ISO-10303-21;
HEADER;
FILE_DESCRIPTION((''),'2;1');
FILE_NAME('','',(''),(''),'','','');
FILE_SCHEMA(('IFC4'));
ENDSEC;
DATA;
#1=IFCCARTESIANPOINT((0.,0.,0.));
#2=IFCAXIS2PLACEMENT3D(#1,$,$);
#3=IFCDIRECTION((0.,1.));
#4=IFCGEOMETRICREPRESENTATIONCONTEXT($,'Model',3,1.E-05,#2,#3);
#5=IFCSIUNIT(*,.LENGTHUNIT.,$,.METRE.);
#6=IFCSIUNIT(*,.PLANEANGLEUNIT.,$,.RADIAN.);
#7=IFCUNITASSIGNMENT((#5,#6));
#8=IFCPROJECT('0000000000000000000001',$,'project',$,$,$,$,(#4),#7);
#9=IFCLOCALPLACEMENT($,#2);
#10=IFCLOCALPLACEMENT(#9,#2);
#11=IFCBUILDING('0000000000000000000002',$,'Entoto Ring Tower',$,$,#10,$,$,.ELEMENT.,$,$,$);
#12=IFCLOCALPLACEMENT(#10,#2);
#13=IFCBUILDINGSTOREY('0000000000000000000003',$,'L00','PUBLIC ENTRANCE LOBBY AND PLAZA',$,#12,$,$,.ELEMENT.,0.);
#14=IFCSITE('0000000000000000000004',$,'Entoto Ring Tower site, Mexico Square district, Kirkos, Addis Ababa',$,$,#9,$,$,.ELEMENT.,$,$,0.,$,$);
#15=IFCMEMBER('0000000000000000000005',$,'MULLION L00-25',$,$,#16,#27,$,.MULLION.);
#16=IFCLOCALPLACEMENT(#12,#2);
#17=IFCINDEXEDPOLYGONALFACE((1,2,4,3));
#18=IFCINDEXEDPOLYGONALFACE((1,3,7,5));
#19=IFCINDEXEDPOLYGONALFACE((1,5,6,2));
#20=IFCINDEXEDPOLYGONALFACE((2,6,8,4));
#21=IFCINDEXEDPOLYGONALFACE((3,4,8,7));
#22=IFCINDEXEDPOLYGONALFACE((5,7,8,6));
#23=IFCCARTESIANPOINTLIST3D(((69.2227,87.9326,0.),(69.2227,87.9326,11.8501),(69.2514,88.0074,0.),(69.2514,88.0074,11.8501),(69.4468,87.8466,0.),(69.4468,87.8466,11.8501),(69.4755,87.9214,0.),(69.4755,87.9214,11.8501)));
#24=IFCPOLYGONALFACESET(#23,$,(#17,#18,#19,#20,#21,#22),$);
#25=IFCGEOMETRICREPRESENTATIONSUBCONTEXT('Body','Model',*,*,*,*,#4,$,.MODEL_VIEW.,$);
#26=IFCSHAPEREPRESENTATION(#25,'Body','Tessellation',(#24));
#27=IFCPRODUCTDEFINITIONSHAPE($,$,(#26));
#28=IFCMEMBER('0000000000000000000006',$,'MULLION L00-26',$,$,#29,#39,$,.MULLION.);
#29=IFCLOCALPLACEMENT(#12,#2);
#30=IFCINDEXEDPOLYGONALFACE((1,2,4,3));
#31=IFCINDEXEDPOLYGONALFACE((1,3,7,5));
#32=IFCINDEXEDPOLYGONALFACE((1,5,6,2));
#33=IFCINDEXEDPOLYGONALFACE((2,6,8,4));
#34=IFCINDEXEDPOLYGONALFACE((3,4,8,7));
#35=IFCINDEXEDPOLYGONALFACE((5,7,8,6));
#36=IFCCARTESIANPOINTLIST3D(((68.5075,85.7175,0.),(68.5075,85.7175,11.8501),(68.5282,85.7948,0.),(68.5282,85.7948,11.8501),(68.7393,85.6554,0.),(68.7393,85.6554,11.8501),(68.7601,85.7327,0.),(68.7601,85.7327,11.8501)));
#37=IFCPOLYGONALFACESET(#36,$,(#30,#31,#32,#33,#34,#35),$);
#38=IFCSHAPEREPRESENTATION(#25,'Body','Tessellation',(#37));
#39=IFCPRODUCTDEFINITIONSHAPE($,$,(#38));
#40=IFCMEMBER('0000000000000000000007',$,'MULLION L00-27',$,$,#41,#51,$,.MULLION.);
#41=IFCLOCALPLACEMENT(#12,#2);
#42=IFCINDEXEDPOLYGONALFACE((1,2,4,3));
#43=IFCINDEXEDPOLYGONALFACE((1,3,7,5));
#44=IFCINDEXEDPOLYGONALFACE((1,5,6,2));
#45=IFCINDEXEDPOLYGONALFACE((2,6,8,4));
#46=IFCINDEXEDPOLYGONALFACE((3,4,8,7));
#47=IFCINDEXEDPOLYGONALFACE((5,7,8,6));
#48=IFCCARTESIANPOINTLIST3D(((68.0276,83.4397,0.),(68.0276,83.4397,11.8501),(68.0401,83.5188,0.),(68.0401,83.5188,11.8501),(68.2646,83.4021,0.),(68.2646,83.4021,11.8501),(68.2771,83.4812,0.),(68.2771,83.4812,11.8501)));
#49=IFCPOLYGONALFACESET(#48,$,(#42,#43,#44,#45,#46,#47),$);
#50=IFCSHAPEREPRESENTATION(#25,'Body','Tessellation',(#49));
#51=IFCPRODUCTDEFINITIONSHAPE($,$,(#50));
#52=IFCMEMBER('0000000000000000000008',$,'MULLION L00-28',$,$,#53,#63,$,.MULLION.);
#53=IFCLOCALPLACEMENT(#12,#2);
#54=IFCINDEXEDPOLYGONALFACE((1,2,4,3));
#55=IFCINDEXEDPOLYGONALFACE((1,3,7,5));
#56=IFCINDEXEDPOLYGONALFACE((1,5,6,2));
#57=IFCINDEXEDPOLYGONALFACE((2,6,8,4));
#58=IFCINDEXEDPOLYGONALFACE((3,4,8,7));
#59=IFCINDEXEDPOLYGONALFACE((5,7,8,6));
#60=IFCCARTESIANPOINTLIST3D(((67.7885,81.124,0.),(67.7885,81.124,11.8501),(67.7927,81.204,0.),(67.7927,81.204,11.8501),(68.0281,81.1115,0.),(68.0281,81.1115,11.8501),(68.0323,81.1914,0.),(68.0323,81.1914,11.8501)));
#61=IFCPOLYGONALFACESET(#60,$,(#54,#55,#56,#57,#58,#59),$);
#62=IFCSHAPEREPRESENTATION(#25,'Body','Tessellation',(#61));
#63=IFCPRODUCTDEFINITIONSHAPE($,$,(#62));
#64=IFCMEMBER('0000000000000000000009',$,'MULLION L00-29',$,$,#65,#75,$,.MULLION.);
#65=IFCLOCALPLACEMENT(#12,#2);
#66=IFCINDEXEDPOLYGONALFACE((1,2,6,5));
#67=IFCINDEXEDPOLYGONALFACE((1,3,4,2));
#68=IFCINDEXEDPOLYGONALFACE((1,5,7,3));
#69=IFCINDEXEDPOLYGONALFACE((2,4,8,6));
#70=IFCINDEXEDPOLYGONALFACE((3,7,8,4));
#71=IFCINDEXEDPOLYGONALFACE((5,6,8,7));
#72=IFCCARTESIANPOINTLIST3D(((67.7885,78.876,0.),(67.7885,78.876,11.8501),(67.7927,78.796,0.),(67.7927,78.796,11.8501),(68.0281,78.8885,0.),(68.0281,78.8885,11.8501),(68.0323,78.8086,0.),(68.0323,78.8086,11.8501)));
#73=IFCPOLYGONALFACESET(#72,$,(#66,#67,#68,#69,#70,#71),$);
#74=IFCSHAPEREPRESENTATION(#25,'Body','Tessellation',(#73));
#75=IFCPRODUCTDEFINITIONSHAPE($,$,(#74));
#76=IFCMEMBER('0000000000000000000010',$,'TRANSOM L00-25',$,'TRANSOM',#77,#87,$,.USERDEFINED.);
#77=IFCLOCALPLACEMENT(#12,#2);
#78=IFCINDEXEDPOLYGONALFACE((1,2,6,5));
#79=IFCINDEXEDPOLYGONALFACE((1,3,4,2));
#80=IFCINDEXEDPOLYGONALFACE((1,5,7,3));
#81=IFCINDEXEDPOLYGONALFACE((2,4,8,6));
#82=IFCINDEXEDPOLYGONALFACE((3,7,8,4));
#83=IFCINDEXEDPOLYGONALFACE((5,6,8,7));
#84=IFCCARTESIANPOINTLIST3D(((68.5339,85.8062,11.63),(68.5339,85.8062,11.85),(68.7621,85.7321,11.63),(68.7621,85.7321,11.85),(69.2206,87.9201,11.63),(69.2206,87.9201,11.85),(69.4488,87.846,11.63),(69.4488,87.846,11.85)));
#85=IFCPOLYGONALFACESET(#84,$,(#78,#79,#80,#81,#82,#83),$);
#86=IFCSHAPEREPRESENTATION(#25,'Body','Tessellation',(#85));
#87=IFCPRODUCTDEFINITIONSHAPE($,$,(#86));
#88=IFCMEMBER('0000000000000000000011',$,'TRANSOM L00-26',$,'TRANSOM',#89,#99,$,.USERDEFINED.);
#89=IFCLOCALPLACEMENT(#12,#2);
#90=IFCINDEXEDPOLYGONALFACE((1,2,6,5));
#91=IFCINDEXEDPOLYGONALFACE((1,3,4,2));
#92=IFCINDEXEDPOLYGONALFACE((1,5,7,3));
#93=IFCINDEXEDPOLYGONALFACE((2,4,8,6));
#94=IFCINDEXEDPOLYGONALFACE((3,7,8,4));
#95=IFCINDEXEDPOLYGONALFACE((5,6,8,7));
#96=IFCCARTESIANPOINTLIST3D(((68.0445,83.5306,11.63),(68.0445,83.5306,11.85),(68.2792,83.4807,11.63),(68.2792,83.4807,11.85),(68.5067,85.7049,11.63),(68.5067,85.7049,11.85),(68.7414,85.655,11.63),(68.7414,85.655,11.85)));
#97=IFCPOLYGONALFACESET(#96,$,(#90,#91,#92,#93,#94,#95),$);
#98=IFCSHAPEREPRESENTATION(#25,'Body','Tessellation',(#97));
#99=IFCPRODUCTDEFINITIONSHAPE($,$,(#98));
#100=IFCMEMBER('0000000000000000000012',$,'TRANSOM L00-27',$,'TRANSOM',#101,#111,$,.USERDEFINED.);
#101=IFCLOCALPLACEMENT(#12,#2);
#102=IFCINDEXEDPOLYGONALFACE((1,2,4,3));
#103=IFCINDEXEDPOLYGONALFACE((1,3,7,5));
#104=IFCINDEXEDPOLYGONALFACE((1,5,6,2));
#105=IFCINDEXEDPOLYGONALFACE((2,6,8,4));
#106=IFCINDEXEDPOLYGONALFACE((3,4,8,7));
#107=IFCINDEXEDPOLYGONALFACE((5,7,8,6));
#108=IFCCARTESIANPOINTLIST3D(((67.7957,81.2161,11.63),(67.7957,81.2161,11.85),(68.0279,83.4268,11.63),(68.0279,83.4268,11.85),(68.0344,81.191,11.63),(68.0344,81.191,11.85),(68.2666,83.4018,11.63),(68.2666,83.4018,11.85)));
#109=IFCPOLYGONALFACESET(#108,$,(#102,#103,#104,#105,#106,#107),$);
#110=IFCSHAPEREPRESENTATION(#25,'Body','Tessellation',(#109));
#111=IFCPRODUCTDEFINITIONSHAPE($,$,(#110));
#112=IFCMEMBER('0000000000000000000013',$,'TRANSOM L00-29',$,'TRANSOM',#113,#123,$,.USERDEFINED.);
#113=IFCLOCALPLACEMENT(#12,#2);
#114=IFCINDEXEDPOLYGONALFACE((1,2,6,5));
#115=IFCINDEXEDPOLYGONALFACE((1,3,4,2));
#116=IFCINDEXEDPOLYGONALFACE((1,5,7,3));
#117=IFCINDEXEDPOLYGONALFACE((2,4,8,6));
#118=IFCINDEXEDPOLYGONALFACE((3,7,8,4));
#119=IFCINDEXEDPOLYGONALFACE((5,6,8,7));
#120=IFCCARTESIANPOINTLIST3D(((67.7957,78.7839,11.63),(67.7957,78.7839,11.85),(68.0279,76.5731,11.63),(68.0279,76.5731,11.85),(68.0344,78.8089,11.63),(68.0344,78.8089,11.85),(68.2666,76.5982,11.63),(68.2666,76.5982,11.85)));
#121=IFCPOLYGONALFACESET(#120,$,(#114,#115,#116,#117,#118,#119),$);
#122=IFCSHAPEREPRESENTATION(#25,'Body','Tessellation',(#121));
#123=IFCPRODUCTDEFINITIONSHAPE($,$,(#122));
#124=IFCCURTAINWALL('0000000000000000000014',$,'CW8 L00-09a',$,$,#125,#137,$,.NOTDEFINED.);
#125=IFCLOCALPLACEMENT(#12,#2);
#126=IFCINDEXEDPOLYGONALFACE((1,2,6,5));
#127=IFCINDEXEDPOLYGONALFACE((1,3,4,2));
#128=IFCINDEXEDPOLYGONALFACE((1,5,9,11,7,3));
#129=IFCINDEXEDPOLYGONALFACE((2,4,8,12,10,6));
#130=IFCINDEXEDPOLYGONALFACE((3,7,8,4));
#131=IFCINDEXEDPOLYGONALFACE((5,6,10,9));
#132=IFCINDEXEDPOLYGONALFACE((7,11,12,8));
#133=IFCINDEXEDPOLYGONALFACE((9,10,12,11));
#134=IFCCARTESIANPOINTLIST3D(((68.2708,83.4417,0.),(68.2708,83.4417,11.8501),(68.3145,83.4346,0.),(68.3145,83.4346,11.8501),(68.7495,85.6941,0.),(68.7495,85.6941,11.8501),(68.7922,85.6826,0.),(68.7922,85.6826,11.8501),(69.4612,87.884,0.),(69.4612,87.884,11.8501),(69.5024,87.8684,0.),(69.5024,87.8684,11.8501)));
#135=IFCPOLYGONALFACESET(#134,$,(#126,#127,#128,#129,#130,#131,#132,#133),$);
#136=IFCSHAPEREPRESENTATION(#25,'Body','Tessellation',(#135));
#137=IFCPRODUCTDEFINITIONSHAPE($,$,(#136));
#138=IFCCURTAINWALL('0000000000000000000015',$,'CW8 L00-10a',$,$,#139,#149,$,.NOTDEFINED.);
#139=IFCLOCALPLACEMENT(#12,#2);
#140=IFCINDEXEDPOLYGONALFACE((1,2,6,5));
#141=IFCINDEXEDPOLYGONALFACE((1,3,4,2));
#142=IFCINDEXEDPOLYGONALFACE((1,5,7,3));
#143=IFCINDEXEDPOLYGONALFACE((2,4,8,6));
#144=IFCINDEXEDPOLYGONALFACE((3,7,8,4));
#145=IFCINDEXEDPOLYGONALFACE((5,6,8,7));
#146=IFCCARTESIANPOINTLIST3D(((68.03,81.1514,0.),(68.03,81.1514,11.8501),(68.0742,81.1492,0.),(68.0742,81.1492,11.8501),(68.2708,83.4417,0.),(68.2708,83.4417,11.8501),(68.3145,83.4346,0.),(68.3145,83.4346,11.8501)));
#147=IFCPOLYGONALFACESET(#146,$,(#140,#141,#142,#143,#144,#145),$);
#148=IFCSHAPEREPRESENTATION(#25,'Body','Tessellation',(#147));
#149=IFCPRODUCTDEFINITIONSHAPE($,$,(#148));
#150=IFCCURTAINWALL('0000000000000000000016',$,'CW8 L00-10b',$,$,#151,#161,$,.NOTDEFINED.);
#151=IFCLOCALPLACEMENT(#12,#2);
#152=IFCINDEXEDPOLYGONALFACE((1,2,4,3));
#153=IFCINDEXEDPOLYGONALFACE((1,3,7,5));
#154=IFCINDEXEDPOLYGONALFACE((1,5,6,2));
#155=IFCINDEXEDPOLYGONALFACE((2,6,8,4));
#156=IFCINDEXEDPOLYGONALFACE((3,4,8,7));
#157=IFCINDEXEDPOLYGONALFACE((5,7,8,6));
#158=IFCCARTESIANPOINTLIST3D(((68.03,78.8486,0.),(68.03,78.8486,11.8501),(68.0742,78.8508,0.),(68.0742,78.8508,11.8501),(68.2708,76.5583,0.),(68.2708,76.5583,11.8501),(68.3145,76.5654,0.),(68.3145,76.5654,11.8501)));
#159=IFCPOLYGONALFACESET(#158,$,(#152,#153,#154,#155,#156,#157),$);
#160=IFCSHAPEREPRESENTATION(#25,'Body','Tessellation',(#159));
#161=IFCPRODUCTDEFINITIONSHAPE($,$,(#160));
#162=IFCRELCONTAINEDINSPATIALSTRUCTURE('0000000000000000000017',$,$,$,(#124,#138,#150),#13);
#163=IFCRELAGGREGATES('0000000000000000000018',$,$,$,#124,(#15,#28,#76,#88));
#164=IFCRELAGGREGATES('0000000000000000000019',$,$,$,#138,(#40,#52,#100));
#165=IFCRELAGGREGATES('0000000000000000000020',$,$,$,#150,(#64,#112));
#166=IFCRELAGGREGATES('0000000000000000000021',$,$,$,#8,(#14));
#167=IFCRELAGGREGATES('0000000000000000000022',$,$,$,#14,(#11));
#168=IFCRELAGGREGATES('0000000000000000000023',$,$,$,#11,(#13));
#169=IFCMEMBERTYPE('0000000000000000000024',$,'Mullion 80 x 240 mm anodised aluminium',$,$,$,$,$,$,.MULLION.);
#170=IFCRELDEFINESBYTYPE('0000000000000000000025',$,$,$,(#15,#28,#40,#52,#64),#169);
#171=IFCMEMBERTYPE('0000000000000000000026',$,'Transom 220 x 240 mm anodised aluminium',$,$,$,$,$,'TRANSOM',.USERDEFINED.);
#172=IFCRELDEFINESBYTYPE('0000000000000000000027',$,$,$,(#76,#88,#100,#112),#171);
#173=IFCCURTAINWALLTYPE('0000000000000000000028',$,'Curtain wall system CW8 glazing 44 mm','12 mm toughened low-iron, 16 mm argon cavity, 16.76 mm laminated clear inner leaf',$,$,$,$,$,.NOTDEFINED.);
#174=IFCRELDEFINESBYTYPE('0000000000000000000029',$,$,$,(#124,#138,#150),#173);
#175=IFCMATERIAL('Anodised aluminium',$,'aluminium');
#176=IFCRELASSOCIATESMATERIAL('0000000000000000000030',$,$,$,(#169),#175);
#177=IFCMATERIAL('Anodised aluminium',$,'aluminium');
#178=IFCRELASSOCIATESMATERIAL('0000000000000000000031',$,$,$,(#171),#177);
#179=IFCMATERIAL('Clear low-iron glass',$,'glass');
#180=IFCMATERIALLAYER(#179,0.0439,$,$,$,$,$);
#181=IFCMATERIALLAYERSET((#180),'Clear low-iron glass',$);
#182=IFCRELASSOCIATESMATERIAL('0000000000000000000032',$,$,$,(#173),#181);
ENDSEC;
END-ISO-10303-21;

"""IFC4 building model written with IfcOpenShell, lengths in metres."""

from ifc_helpers import new_model, si_unit, direction, frame, origin, origin_2d, place, context, subcontext, project, spatial, polyline, rectangle, outline, extrude, material, layer, layer_set, material_profile, profile_set, type_object, element, aggregate, save


model = new_model("IFC4")

# Units and contexts
model_context = context("Model", 3, precision=1e-05, world=origin(), true_north=direction((0.0, 1.0)))
body_context = subcontext(model_context, "Body", "Model", "MODEL_VIEW")
ifc_project = project(units=[si_unit("LENGTHUNIT", "METRE"), si_unit("PLANEANGLEUNIT", "RADIAN")], contexts=[model_context])

# Members
ifc_material_1 = material(Name="Anodised aluminium", Category="aluminium")
ifc_material_profile_1 = material_profile(ifc_material_1, rectangle(XDim=0.0801, YDim=0.24, at=origin_2d()), Name="Mullion 80 x 240 mm anodised aluminium")
ifc_profile_set_1 = profile_set([ifc_material_profile_1], Name="Anodised aluminium")
member_type_1 = type_object("IfcMemberType", Name="Mullion 80 x 240 mm anodised aluminium", PredefinedType="MULLION", material=ifc_profile_set_1)
site_placement = place(None, origin())
building_placement = place(site_placement, origin())
storey_placement = place(building_placement, origin())
member_1_placement = place(storey_placement, frame((69.3491, 87.927, 0.0), z_axis=(0.0, 0.0, 1.0), x_axis=(-0.358368, -0.93358, 0.0)))
member_1 = element("IfcMember", 1, at=member_1_placement, type_object=member_type_1, Name="MULLION L00-25", PredefinedType="MULLION", context=body_context, shape_type="SweptSolid", body=[
    extrude(rectangle(XDim=0.0801, YDim=0.24, at=origin_2d()), origin(), (0.0, 0.0, 1.0), 11.8501),
])
member_2_placement = place(storey_placement, frame((68.6338, 85.7251, 0.0), z_axis=(0.0, 0.0, 1.0), x_axis=(-0.258819, -0.965926, 0.0)))
member_2 = element("IfcMember", 2, at=member_2_placement, type_object=member_type_1, Name="MULLION L00-26", PredefinedType="MULLION", context=body_context, shape_type="SweptSolid", body=[
    extrude(rectangle(XDim=0.0801, YDim=0.24, at=origin_2d()), origin(), (0.0, 0.0, 1.0), 11.8501),
])
member_3_placement = place(storey_placement, frame((68.1523, 83.4604, 0.0), z_axis=(0.0, 0.0, 1.0), x_axis=(-0.156434, -0.987688, 0.0)))
member_3 = element("IfcMember", 3, at=member_3_placement, type_object=member_type_1, Name="MULLION L00-27", PredefinedType="MULLION", context=body_context, shape_type="SweptSolid", body=[
    extrude(rectangle(XDim=0.0801, YDim=0.24, at=origin_2d()), origin(), (0.0, 0.0, 1.0), 11.8501),
])
member_4_placement = place(storey_placement, frame((67.9104, 81.1577, 0.0), z_axis=(0.0, 0.0, 1.0), x_axis=(-0.052336, -0.99863, 0.0)))
member_4 = element("IfcMember", 4, at=member_4_placement, type_object=member_type_1, Name="MULLION L00-28", PredefinedType="MULLION", context=body_context, shape_type="SweptSolid", body=[
    extrude(rectangle(XDim=0.0801, YDim=0.24, at=origin_2d()), origin(), (0.0, 0.0, 1.0), 11.8501),
])
member_5_placement = place(storey_placement, frame((67.9104, 78.8423, 0.0), z_axis=(0.0, 0.0, 1.0), x_axis=(0.052336, -0.99863, 0.0)))
member_5 = element("IfcMember", 5, at=member_5_placement, type_object=member_type_1, Name="MULLION L00-29", PredefinedType="MULLION", context=body_context, shape_type="SweptSolid", body=[
    extrude(rectangle(XDim=0.0801, YDim=0.24, at=origin_2d()), origin(), (0.0, 0.0, 1.0), 11.8501),
])
ifc_material_2 = material(Name="Anodised aluminium", Category="aluminium")
ifc_material_profile_2 = material_profile(ifc_material_2, rectangle(XDim=0.24, YDim=0.22, at=origin_2d()), Name="Transom 220 x 240 mm anodised aluminium")
ifc_profile_set_2 = profile_set([ifc_material_profile_2], Name="Anodised aluminium")
member_type_2 = type_object("IfcMemberType", Name="Transom 220 x 240 mm anodised aluminium", ElementType="TRANSOM", PredefinedType="USERDEFINED", material=ifc_profile_set_2)
member_6_placement = place(storey_placement, frame((69.3347, 87.8831, 11.74), z_axis=(-0.308969, -0.951072, 0.0), x_axis=(0.951072, -0.308969, 0.0)))
member_6 = element("IfcMember", 6, at=member_6_placement, type_object=member_type_2, Name="TRANSOM L00-25", ObjectType="TRANSOM", PredefinedType="USERDEFINED", context=body_context, shape_type="SweptSolid", body=[
    extrude(rectangle(XDim=0.24, YDim=0.22, at=origin_2d()), origin(), (0.0, 0.0, 1.0), 2.2227),
])
member_7_placement = place(storey_placement, frame((68.624, 85.6799, 11.74), z_axis=(-0.207909, -0.978148, 0.0), x_axis=(0.978148, -0.207909, 0.0)))
member_7 = element("IfcMember", 7, at=member_7_placement, type_object=member_type_2, Name="TRANSOM L00-26", ObjectType="TRANSOM", PredefinedType="USERDEFINED", context=body_context, shape_type="SweptSolid", body=[
    extrude(rectangle(XDim=0.24, YDim=0.22, at=origin_2d()), origin(), (0.0, 0.0, 1.0), 2.2229),
])
member_8_placement = place(storey_placement, frame((68.1472, 83.4143, 11.74), z_axis=(-0.10445, -0.99453, 0.0), x_axis=(0.99453, -0.10445, 0.0)))
member_8 = element("IfcMember", 8, at=member_8_placement, type_object=member_type_2, Name="TRANSOM L00-27", ObjectType="TRANSOM", PredefinedType="USERDEFINED", context=body_context, shape_type="SweptSolid", body=[
    extrude(rectangle(XDim=0.24, YDim=0.22, at=origin_2d()), origin(), (0.0, 0.0, 1.0), 2.2229),
])
member_9_placement = place(storey_placement, frame((67.915, 78.7964, 11.74), z_axis=(0.10445, -0.99453, 0.0), x_axis=(0.99453, 0.10445, 0.0)))
member_9 = element("IfcMember", 9, at=member_9_placement, type_object=member_type_2, Name="TRANSOM L00-29", ObjectType="TRANSOM", PredefinedType="USERDEFINED", context=body_context, shape_type="SweptSolid", body=[
    extrude(rectangle(XDim=0.24, YDim=0.22, at=origin_2d()), origin(), (0.0, 0.0, 1.0), 2.2229),
])

# Site, building, storey
site = spatial("IfcSite", under=ifc_project, at=site_placement, Name="Entoto Ring Tower site, Mexico Square district, Kirkos, Addis Ababa", CompositionType="ELEMENT", RefElevation=0.0)
building = spatial("IfcBuilding", under=site, at=building_placement, Name="Entoto Ring Tower", CompositionType="ELEMENT")
storey = spatial("IfcBuildingStorey", under=building, at=storey_placement, Name="L00", Description="PUBLIC ENTRANCE LOBBY AND PLAZA", CompositionType="ELEMENT", Elevation=0.0)

# Curtain walls
ifc_material_3 = material(Name="Clear low-iron glass", Category="glass")
ifc_layer = layer(ifc_material_3, 0.0439)
ifc_layer_set = layer_set([ifc_layer], Name="Clear low-iron glass")
curtain_wall_type = type_object("IfcCurtainWallType", Name="Curtain wall system CW8 glazing 44 mm", Description="12 mm toughened low-iron, 16 mm argon cavity, 16.76 mm laminated clear inner leaf", PredefinedType="NOTDEFINED", material=ifc_layer_set)
curtain_wall_1_placement = place(storey_placement, origin())
curtain_wall_1 = element("IfcCurtainWall", 10, at=curtain_wall_1_placement, inside=storey, type_object=curtain_wall_type, Name="CW8 L00-09a", PredefinedType="NOTDEFINED", context=body_context, shape_type="SweptSolid", body=[
    extrude(outline(polyline([(69.4612, 87.884), (68.7495, 85.6941), (68.2708, 83.4417), (68.3145, 83.4346), (68.7922, 85.6826), (69.5024, 87.8684), (69.4612, 87.884)])), origin(), (0.0, 0.0, 1.0), 11.8501),
])
aggregate(curtain_wall_1, [member_1, member_2, member_6, member_7])
curtain_wall_2_placement = place(storey_placement, origin())
curtain_wall_2 = element("IfcCurtainWall", 11, at=curtain_wall_2_placement, inside=storey, type_object=curtain_wall_type, Name="CW8 L00-10a", PredefinedType="NOTDEFINED", context=body_context, shape_type="SweptSolid", body=[
    extrude(outline(polyline([(68.2708, 83.4417), (68.03, 81.1514), (68.0742, 81.1492), (68.3145, 83.4346), (68.2708, 83.4417)])), origin(), (0.0, 0.0, 1.0), 11.8501),
])
aggregate(curtain_wall_2, [member_3, member_4, member_8])
curtain_wall_3_placement = place(storey_placement, origin())
curtain_wall_3 = element("IfcCurtainWall", 12, at=curtain_wall_3_placement, inside=storey, type_object=curtain_wall_type, Name="CW8 L00-10b", PredefinedType="NOTDEFINED", context=body_context, shape_type="SweptSolid", body=[
    extrude(outline(polyline([(68.03, 78.8486), (68.2708, 76.5583), (68.3145, 76.5654), (68.0742, 78.8508), (68.03, 78.8486)])), origin(), (0.0, 0.0, 1.0), 11.8501),
])
aggregate(curtain_wall_3, [member_5, member_9])

save(model, "model.ifc")
